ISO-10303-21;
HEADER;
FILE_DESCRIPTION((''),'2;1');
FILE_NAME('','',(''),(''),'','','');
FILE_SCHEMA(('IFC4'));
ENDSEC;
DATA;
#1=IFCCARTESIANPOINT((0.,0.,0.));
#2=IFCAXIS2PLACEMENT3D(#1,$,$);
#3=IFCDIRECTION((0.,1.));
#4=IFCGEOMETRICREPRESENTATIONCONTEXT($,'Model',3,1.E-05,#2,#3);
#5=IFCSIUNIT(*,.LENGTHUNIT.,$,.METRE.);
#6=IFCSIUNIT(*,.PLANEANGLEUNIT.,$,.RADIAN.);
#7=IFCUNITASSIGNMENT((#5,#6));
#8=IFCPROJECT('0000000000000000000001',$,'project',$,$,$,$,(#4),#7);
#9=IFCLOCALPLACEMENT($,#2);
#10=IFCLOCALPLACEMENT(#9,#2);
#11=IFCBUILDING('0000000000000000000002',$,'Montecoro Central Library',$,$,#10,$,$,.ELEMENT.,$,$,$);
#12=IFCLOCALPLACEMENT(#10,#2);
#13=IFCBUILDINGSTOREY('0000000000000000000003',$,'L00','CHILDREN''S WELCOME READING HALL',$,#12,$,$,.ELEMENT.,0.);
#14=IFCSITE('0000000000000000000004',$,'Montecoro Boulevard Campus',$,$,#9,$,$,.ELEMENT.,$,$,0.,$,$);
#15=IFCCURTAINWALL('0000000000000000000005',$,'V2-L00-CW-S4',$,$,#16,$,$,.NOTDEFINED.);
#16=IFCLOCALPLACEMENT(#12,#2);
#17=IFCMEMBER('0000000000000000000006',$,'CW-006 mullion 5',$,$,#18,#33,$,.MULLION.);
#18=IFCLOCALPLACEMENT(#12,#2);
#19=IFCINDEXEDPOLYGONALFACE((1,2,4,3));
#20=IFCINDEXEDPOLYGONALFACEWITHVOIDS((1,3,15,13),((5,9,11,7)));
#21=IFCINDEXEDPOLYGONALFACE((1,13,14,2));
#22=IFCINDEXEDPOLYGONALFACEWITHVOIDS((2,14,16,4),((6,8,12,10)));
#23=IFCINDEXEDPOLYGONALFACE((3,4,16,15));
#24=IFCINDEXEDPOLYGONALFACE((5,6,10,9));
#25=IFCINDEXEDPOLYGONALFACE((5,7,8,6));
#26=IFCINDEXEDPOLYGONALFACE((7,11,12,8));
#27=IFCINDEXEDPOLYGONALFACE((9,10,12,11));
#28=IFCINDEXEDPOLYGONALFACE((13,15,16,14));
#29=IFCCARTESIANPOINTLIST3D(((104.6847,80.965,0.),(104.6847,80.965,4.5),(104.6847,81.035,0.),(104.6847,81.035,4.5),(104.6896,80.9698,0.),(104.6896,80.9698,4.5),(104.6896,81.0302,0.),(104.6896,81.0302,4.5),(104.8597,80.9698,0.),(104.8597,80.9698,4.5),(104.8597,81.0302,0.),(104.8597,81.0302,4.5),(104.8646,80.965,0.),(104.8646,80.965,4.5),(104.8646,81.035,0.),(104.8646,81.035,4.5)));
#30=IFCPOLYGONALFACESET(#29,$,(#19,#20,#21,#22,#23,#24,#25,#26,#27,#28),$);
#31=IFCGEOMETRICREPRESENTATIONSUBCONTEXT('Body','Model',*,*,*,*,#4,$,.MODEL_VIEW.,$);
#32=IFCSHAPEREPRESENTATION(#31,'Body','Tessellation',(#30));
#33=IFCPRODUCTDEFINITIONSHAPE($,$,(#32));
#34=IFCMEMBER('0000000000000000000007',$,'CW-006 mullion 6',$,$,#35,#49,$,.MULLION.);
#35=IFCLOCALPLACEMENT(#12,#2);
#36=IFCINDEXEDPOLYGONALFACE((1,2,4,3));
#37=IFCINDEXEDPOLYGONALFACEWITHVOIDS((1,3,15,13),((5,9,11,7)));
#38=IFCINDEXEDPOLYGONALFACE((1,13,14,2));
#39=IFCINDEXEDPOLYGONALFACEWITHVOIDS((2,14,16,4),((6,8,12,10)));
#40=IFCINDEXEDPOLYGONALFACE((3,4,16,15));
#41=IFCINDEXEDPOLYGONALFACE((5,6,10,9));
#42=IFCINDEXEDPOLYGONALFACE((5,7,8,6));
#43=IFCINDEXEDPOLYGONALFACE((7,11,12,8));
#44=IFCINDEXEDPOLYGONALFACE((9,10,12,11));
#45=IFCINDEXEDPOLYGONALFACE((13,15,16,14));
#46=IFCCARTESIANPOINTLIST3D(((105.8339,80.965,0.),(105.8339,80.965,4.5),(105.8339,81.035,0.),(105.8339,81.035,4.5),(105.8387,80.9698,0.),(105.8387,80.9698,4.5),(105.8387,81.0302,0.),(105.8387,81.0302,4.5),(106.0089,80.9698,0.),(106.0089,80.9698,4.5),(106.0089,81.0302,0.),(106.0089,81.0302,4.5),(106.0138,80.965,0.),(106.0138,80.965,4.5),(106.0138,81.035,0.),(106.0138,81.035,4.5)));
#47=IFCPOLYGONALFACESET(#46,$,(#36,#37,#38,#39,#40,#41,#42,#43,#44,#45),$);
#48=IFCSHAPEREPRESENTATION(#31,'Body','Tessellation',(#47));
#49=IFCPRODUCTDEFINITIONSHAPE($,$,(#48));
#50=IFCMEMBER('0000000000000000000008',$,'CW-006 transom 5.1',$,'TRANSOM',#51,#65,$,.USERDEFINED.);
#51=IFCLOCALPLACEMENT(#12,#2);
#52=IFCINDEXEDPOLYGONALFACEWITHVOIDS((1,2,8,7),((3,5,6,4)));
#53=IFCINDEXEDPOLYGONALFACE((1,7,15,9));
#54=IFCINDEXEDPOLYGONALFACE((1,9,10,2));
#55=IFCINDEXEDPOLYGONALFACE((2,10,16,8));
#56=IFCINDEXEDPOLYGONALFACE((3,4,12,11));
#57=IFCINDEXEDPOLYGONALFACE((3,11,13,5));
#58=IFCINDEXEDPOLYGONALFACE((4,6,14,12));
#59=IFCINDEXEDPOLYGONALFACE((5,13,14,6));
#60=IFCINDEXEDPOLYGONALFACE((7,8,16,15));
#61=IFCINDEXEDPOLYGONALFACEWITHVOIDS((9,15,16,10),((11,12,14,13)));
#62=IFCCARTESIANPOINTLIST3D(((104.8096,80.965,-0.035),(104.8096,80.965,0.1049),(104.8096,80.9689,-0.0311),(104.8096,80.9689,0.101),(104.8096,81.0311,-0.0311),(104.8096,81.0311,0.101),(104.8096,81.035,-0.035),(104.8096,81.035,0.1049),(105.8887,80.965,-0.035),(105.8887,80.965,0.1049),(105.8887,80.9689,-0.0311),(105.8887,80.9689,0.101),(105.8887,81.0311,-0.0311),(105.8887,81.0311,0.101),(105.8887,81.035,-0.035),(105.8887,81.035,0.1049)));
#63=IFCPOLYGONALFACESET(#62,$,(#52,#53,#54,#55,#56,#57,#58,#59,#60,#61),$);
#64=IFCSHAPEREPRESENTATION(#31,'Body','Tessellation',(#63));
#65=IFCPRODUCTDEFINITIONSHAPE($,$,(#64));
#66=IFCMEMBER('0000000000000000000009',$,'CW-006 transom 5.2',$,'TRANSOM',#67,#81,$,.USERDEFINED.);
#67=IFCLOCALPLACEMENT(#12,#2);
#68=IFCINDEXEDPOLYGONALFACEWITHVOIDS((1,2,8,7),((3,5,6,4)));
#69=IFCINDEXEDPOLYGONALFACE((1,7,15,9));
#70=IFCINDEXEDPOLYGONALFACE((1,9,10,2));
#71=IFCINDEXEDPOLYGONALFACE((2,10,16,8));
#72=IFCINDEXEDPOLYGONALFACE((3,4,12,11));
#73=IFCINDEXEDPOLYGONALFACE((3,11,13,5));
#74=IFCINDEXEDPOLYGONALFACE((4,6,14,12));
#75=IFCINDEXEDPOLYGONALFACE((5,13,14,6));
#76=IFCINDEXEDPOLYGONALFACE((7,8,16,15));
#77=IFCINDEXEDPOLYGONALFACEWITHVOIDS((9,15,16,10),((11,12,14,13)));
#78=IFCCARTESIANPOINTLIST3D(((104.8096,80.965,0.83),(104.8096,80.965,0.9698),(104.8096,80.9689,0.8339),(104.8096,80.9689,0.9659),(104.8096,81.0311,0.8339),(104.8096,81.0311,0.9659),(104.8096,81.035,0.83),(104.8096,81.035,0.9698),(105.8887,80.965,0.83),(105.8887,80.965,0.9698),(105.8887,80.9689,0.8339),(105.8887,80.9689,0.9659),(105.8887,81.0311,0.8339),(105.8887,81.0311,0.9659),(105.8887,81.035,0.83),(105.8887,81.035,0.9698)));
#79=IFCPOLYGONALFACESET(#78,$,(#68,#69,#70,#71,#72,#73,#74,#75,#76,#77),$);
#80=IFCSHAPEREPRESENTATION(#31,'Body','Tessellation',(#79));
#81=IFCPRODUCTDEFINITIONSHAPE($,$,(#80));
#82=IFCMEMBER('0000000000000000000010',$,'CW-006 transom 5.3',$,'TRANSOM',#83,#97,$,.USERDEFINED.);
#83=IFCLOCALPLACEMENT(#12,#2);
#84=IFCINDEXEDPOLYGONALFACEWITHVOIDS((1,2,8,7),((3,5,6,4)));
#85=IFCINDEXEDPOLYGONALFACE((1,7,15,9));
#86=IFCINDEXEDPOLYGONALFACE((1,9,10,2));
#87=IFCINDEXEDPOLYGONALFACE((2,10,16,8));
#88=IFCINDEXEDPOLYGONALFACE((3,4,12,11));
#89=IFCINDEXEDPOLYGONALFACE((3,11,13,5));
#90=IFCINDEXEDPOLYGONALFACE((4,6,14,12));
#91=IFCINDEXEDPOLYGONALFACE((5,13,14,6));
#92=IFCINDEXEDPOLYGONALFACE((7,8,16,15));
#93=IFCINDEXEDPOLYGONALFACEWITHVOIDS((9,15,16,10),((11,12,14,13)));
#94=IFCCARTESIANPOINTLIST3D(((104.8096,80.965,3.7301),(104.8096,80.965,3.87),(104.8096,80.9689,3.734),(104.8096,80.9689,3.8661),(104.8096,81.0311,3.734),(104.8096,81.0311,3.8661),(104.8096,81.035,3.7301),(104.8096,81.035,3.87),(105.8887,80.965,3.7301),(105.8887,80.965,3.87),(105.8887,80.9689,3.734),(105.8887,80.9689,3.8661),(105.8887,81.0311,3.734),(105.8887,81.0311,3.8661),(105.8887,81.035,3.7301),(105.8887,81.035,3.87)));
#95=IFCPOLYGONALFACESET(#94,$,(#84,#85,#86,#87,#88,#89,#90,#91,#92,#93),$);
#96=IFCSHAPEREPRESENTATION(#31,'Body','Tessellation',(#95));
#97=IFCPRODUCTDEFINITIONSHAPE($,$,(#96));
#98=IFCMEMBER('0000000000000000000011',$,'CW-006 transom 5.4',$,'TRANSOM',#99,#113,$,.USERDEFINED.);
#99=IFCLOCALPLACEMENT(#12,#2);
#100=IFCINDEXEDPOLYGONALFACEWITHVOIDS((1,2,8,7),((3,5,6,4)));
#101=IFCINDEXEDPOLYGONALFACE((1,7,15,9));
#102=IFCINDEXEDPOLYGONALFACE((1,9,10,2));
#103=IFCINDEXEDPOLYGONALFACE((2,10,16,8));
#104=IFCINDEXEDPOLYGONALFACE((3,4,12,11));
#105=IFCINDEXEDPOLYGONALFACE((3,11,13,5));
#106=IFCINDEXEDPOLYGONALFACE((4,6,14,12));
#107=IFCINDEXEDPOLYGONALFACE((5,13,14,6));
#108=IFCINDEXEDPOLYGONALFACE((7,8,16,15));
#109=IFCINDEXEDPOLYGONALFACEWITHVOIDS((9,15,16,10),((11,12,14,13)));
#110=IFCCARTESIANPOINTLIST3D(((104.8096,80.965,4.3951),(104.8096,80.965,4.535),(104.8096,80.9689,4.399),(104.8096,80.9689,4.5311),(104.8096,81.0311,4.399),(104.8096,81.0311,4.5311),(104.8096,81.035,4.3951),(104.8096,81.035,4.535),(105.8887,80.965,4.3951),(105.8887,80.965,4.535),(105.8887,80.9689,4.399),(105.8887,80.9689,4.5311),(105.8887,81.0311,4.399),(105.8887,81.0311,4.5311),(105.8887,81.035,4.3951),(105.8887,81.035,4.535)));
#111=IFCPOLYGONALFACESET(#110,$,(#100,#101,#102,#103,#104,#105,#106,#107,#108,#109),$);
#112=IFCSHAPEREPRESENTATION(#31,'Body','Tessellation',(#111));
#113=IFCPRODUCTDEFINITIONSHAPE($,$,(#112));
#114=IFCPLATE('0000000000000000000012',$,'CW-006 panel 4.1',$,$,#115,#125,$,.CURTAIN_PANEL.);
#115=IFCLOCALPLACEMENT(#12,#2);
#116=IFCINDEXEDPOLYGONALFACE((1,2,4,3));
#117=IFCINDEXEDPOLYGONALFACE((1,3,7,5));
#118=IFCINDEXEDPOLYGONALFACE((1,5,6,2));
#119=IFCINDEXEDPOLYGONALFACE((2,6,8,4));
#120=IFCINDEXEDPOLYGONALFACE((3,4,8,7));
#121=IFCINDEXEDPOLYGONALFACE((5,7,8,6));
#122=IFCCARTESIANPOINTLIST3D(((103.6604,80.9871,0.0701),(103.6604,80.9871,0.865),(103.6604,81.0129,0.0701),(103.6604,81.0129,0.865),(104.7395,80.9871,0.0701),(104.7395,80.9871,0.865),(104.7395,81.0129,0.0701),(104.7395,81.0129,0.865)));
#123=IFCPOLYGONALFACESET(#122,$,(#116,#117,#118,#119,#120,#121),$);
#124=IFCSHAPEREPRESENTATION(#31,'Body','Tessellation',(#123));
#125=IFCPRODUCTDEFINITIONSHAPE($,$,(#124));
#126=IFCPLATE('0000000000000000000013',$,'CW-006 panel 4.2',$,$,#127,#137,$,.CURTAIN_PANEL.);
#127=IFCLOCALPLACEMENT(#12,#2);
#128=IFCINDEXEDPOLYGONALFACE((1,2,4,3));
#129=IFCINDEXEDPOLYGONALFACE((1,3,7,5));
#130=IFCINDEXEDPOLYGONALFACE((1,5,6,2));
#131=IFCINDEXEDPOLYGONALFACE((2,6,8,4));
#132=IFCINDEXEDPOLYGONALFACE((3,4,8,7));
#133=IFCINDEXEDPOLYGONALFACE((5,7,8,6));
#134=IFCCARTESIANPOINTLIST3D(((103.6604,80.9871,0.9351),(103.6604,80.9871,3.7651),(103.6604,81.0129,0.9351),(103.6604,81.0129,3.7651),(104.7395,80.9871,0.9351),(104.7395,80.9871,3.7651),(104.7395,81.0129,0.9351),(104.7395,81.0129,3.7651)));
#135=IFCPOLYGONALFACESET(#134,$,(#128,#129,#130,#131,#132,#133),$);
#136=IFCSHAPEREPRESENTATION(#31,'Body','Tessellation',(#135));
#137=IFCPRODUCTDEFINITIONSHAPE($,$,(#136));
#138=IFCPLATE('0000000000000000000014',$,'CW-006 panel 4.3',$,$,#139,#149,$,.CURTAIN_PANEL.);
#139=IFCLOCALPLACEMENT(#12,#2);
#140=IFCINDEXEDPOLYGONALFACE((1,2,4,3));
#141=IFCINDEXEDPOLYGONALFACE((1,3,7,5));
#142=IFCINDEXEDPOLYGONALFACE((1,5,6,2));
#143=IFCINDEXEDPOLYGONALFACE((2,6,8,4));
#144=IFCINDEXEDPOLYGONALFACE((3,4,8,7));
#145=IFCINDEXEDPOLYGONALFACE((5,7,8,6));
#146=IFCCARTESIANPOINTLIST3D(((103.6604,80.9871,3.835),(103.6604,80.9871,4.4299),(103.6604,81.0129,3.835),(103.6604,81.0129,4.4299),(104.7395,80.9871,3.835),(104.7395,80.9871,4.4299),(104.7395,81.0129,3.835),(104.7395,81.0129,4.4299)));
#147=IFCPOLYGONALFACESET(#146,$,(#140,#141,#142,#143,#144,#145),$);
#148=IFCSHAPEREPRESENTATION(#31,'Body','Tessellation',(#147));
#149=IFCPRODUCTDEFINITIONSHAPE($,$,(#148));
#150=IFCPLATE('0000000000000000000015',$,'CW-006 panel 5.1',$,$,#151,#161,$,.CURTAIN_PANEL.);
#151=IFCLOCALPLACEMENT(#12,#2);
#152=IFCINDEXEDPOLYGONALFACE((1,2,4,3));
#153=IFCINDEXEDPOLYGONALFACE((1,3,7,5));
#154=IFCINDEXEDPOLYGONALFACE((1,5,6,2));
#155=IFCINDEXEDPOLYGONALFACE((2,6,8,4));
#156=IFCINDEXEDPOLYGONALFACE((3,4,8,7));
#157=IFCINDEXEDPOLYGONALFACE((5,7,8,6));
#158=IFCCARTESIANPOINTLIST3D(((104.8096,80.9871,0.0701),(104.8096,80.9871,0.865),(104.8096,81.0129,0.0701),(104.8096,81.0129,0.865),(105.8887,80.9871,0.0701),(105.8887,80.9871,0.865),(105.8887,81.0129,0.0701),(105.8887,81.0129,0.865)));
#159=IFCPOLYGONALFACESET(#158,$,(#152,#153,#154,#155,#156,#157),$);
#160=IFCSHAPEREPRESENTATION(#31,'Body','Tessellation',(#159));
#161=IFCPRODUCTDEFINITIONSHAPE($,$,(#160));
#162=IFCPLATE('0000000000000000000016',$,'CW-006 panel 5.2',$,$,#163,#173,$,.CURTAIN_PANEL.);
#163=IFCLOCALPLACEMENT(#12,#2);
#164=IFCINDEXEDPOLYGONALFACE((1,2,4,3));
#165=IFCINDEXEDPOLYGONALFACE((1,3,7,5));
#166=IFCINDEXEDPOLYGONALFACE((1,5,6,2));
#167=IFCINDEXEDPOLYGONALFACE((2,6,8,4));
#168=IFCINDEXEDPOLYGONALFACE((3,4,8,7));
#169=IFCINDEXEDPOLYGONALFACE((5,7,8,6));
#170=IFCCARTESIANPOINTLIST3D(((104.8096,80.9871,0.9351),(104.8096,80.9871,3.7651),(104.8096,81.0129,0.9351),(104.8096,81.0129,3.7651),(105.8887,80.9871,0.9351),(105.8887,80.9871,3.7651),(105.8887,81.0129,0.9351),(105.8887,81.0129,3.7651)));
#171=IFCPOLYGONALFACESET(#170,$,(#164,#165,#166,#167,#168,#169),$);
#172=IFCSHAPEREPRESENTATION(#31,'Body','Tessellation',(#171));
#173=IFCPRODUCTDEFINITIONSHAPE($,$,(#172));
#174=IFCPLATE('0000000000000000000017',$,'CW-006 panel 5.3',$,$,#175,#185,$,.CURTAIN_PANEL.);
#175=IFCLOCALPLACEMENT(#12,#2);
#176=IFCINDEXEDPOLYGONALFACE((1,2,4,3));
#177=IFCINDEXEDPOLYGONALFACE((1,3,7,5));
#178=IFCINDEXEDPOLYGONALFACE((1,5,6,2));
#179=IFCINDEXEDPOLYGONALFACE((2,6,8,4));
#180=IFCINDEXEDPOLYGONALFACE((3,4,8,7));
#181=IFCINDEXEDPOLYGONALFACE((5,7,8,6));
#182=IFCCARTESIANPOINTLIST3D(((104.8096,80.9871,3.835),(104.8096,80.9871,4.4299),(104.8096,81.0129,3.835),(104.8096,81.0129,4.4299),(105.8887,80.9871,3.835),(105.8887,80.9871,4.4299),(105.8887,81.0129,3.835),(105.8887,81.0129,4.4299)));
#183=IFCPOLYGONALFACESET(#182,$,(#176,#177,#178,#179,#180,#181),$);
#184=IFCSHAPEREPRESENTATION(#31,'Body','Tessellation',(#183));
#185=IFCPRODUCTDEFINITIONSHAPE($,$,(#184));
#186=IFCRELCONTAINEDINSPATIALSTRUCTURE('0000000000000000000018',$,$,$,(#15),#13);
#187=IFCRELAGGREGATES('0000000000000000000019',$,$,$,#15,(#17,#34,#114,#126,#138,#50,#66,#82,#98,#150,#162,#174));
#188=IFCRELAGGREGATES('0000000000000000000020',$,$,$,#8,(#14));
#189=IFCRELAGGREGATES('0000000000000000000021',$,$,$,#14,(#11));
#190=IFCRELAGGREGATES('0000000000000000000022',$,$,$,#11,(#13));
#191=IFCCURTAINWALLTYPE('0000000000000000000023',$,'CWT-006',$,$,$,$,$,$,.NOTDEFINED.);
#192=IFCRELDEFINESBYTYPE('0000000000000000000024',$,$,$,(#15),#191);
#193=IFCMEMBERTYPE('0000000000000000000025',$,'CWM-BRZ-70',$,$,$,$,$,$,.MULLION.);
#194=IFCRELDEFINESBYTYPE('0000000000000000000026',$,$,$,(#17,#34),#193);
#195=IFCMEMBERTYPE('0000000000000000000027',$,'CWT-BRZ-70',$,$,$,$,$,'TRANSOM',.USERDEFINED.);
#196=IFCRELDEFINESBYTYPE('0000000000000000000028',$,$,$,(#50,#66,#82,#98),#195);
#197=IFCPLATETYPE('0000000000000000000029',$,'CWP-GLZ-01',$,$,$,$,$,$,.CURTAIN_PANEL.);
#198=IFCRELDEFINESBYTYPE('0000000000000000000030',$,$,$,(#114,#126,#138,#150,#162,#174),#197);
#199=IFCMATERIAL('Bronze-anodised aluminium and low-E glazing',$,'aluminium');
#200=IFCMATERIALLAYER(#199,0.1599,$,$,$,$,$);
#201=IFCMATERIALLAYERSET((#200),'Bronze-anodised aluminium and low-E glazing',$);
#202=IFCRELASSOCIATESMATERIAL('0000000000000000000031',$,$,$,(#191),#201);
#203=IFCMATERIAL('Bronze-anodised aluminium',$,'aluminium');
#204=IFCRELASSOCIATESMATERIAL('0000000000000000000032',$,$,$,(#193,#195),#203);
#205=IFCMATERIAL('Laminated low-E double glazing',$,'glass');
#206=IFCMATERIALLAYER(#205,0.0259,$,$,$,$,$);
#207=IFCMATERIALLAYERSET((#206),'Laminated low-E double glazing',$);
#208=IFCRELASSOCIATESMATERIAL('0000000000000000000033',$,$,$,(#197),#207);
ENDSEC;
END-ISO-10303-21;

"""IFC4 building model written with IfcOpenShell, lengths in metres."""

from ifc_helpers import new_model, si_unit, direction, frame, origin, origin_2d, place, context, subcontext, project, spatial, rectangle, hollow_rectangle, extrude, material, layer, layer_set, material_profile, profile_set, type_object, element, aggregate, save


model = new_model("IFC4")

# Units and contexts
model_context = context("Model", 3, precision=1e-05, world=origin(), true_north=direction((0.0, 1.0)))
body_context = subcontext(model_context, "Body", "Model", "MODEL_VIEW")
ifc_project = project(units=[si_unit("LENGTHUNIT", "METRE"), si_unit("PLANEANGLEUNIT", "RADIAN")], contexts=[model_context])

# Site, building, storey
site_placement = place(None, origin())
site = spatial("IfcSite", under=ifc_project, at=site_placement, Name="Montecoro Boulevard Campus", CompositionType="ELEMENT", RefElevation=0.0)
building_placement = place(site_placement, origin())
building = spatial("IfcBuilding", under=site, at=building_placement, Name="Montecoro Central Library", CompositionType="ELEMENT")
storey_placement = place(building_placement, origin())
storey = spatial("IfcBuildingStorey", under=building, at=storey_placement, Name="L00", Description="CHILDREN'S WELCOME READING HALL", CompositionType="ELEMENT", Elevation=0.0)

# Curtain wall, members, plates
ifc_material_1 = material(Name="Bronze-anodised aluminium and low-E glazing", Category="aluminium")
ifc_layer_1 = layer(ifc_material_1, 0.1599)
ifc_layer_set_1 = layer_set([ifc_layer_1], Name="Bronze-anodised aluminium and low-E glazing")
curtain_wall_type = type_object("IfcCurtainWallType", Name="CWT-006", PredefinedType="NOTDEFINED", material=ifc_layer_set_1)
curtain_wall_placement = place(storey_placement, origin())
curtain_wall = element("IfcCurtainWall", 1, at=curtain_wall_placement, inside=storey, type_object=curtain_wall_type, Name="V2-L00-CW-S4", PredefinedType="NOTDEFINED")
ifc_material_2 = material(Name="Bronze-anodised aluminium", Category="aluminium")
ifc_material_profile_1 = material_profile(ifc_material_2, hollow_rectangle(XDim=0.0701, YDim=0.1799, WallThickness=0.0049, at=origin_2d()), Name="CWM 180x70x5.0")
ifc_profile_set_1 = profile_set([ifc_material_profile_1], Name="Bronze-anodised aluminium")
member_type_1 = type_object("IfcMemberType", Name="CWM-BRZ-70", PredefinedType="MULLION", material=ifc_profile_set_1)
member_1_placement = place(storey_placement, frame((104.7747, 81.0, 0.0), z_axis=(0.0, 0.0, 1.0), x_axis=(0.0, 1.0, 0.0)))
member_1 = element("IfcMember", 2, at=member_1_placement, type_object=member_type_1, Name="CW-006 mullion 5", PredefinedType="MULLION", context=body_context, shape_type="SweptSolid", body=[
    extrude(hollow_rectangle(XDim=0.0701, YDim=0.1799, WallThickness=0.0049, at=origin_2d()), origin(), (0.0, 0.0, 1.0), 4.5),
])
member_2_placement = place(storey_placement, frame((105.9238, 81.0, 0.0), z_axis=(0.0, 0.0, 1.0), x_axis=(0.0, 1.0, 0.0)))
member_2 = element("IfcMember", 3, at=member_2_placement, type_object=member_type_1, Name="CW-006 mullion 6", PredefinedType="MULLION", context=body_context, shape_type="SweptSolid", body=[
    extrude(hollow_rectangle(XDim=0.0701, YDim=0.1799, WallThickness=0.0049, at=origin_2d()), origin(), (0.0, 0.0, 1.0), 4.5),
])
ifc_material_profile_2 = material_profile(ifc_material_2, hollow_rectangle(XDim=0.0701, YDim=0.1399, WallThickness=0.0039, at=origin_2d()), Name="CWT 140x70x4.0")
ifc_profile_set_2 = profile_set([ifc_material_profile_2], Name="Bronze-anodised aluminium")
member_type_2 = type_object("IfcMemberType", Name="CWT-BRZ-70", ElementType="TRANSOM", PredefinedType="USERDEFINED", material=ifc_profile_set_2)
member_3_placement = place(storey_placement, frame((104.8096, 81.0, 0.0349), z_axis=(1.0, 0.0, 0.0), x_axis=(0.0, 1.0, 0.0)))
member_3 = element("IfcMember", 4, at=member_3_placement, type_object=member_type_2, Name="CW-006 transom 5.1", ObjectType="TRANSOM", PredefinedType="USERDEFINED", context=body_context, shape_type="SweptSolid", body=[
    extrude(hollow_rectangle(XDim=0.0701, YDim=0.1399, WallThickness=0.0039, at=origin_2d()), origin(), (0.0, 0.0, 1.0), 1.0791),
])
member_4_placement = place(storey_placement, frame((104.8096, 81.0, 0.8999), z_axis=(1.0, 0.0, 0.0), x_axis=(0.0, 1.0, 0.0)))
member_4 = element("IfcMember", 5, at=member_4_placement, type_object=member_type_2, Name="CW-006 transom 5.2", ObjectType="TRANSOM", PredefinedType="USERDEFINED", context=body_context, shape_type="SweptSolid", body=[
    extrude(hollow_rectangle(XDim=0.0701, YDim=0.1399, WallThickness=0.0039, at=origin_2d()), origin(), (0.0, 0.0, 1.0), 1.0791),
])
member_5_placement = place(storey_placement, frame((104.8096, 81.0, 3.8), z_axis=(1.0, 0.0, 0.0), x_axis=(0.0, 1.0, 0.0)))
member_5 = element("IfcMember", 6, at=member_5_placement, type_object=member_type_2, Name="CW-006 transom 5.3", ObjectType="TRANSOM", PredefinedType="USERDEFINED", context=body_context, shape_type="SweptSolid", body=[
    extrude(hollow_rectangle(XDim=0.0701, YDim=0.1399, WallThickness=0.0039, at=origin_2d()), origin(), (0.0, 0.0, 1.0), 1.0791),
])
member_6_placement = place(storey_placement, frame((104.8096, 81.0, 4.4651), z_axis=(1.0, 0.0, 0.0), x_axis=(0.0, 1.0, 0.0)))
member_6 = element("IfcMember", 7, at=member_6_placement, type_object=member_type_2, Name="CW-006 transom 5.4", ObjectType="TRANSOM", PredefinedType="USERDEFINED", context=body_context, shape_type="SweptSolid", body=[
    extrude(hollow_rectangle(XDim=0.0701, YDim=0.1399, WallThickness=0.0039, at=origin_2d()), origin(), (0.0, 0.0, 1.0), 1.0791),
])
ifc_material_3 = material(Name="Laminated low-E double glazing", Category="glass")
ifc_layer_2 = layer(ifc_material_3, 0.0259)
ifc_layer_set_2 = layer_set([ifc_layer_2], Name="Laminated low-E double glazing")
plate_type = type_object("IfcPlateType", Name="CWP-GLZ-01", PredefinedType="CURTAIN_PANEL", material=ifc_layer_set_2)
plate_1_placement = place(storey_placement, frame((104.2, 81.0, 0.0701), z_axis=(0.0, 0.0, 1.0), x_axis=(1.0, 0.0, 0.0)))
plate_1 = element("IfcPlate", 8, at=plate_1_placement, type_object=plate_type, Name="CW-006 panel 4.1", PredefinedType="CURTAIN_PANEL", context=body_context, shape_type="SweptSolid", body=[
    extrude(rectangle(XDim=1.0791, YDim=0.0259, at=origin_2d()), origin(), (0.0, 0.0, 1.0), 0.7949),
])
plate_2_placement = place(storey_placement, frame((104.2, 81.0, 0.9351), z_axis=(0.0, 0.0, 1.0), x_axis=(1.0, 0.0, 0.0)))
plate_2 = element("IfcPlate", 9, at=plate_2_placement, type_object=plate_type, Name="CW-006 panel 4.2", PredefinedType="CURTAIN_PANEL", context=body_context, shape_type="SweptSolid", body=[
    extrude(rectangle(XDim=1.0791, YDim=0.0259, at=origin_2d()), origin(), (0.0, 0.0, 1.0), 2.8301),
])
plate_3_placement = place(storey_placement, frame((104.2, 81.0, 3.835), z_axis=(0.0, 0.0, 1.0), x_axis=(1.0, 0.0, 0.0)))
plate_3 = element("IfcPlate", 10, at=plate_3_placement, type_object=plate_type, Name="CW-006 panel 4.3", PredefinedType="CURTAIN_PANEL", context=body_context, shape_type="SweptSolid", body=[
    extrude(rectangle(XDim=1.0791, YDim=0.0259, at=origin_2d()), origin(), (0.0, 0.0, 1.0), 0.595),
])
plate_4_placement = place(storey_placement, frame((105.3491, 81.0, 0.0701), z_axis=(0.0, 0.0, 1.0), x_axis=(1.0, 0.0, 0.0)))
plate_4 = element("IfcPlate", 11, at=plate_4_placement, type_object=plate_type, Name="CW-006 panel 5.1", PredefinedType="CURTAIN_PANEL", context=body_context, shape_type="SweptSolid", body=[
    extrude(rectangle(XDim=1.0791, YDim=0.0259, at=origin_2d()), origin(), (0.0, 0.0, 1.0), 0.7949),
])
plate_5_placement = place(storey_placement, frame((105.3491, 81.0, 0.9351), z_axis=(0.0, 0.0, 1.0), x_axis=(1.0, 0.0, 0.0)))
plate_5 = element("IfcPlate", 12, at=plate_5_placement, type_object=plate_type, Name="CW-006 panel 5.2", PredefinedType="CURTAIN_PANEL", context=body_context, shape_type="SweptSolid", body=[
    extrude(rectangle(XDim=1.0791, YDim=0.0259, at=origin_2d()), origin(), (0.0, 0.0, 1.0), 2.8301),
])
plate_6_placement = place(storey_placement, frame((105.3491, 81.0, 3.835), z_axis=(0.0, 0.0, 1.0), x_axis=(1.0, 0.0, 0.0)))
plate_6 = element("IfcPlate", 13, at=plate_6_placement, type_object=plate_type, Name="CW-006 panel 5.3", PredefinedType="CURTAIN_PANEL", context=body_context, shape_type="SweptSolid", body=[
    extrude(rectangle(XDim=1.0791, YDim=0.0259, at=origin_2d()), origin(), (0.0, 0.0, 1.0), 0.595),
])
aggregate(curtain_wall, [member_1, member_2, plate_1, plate_2, plate_3, member_3, member_4, member_5, member_6, plate_4, plate_5, plate_6])

save(model, "model.ifc")
